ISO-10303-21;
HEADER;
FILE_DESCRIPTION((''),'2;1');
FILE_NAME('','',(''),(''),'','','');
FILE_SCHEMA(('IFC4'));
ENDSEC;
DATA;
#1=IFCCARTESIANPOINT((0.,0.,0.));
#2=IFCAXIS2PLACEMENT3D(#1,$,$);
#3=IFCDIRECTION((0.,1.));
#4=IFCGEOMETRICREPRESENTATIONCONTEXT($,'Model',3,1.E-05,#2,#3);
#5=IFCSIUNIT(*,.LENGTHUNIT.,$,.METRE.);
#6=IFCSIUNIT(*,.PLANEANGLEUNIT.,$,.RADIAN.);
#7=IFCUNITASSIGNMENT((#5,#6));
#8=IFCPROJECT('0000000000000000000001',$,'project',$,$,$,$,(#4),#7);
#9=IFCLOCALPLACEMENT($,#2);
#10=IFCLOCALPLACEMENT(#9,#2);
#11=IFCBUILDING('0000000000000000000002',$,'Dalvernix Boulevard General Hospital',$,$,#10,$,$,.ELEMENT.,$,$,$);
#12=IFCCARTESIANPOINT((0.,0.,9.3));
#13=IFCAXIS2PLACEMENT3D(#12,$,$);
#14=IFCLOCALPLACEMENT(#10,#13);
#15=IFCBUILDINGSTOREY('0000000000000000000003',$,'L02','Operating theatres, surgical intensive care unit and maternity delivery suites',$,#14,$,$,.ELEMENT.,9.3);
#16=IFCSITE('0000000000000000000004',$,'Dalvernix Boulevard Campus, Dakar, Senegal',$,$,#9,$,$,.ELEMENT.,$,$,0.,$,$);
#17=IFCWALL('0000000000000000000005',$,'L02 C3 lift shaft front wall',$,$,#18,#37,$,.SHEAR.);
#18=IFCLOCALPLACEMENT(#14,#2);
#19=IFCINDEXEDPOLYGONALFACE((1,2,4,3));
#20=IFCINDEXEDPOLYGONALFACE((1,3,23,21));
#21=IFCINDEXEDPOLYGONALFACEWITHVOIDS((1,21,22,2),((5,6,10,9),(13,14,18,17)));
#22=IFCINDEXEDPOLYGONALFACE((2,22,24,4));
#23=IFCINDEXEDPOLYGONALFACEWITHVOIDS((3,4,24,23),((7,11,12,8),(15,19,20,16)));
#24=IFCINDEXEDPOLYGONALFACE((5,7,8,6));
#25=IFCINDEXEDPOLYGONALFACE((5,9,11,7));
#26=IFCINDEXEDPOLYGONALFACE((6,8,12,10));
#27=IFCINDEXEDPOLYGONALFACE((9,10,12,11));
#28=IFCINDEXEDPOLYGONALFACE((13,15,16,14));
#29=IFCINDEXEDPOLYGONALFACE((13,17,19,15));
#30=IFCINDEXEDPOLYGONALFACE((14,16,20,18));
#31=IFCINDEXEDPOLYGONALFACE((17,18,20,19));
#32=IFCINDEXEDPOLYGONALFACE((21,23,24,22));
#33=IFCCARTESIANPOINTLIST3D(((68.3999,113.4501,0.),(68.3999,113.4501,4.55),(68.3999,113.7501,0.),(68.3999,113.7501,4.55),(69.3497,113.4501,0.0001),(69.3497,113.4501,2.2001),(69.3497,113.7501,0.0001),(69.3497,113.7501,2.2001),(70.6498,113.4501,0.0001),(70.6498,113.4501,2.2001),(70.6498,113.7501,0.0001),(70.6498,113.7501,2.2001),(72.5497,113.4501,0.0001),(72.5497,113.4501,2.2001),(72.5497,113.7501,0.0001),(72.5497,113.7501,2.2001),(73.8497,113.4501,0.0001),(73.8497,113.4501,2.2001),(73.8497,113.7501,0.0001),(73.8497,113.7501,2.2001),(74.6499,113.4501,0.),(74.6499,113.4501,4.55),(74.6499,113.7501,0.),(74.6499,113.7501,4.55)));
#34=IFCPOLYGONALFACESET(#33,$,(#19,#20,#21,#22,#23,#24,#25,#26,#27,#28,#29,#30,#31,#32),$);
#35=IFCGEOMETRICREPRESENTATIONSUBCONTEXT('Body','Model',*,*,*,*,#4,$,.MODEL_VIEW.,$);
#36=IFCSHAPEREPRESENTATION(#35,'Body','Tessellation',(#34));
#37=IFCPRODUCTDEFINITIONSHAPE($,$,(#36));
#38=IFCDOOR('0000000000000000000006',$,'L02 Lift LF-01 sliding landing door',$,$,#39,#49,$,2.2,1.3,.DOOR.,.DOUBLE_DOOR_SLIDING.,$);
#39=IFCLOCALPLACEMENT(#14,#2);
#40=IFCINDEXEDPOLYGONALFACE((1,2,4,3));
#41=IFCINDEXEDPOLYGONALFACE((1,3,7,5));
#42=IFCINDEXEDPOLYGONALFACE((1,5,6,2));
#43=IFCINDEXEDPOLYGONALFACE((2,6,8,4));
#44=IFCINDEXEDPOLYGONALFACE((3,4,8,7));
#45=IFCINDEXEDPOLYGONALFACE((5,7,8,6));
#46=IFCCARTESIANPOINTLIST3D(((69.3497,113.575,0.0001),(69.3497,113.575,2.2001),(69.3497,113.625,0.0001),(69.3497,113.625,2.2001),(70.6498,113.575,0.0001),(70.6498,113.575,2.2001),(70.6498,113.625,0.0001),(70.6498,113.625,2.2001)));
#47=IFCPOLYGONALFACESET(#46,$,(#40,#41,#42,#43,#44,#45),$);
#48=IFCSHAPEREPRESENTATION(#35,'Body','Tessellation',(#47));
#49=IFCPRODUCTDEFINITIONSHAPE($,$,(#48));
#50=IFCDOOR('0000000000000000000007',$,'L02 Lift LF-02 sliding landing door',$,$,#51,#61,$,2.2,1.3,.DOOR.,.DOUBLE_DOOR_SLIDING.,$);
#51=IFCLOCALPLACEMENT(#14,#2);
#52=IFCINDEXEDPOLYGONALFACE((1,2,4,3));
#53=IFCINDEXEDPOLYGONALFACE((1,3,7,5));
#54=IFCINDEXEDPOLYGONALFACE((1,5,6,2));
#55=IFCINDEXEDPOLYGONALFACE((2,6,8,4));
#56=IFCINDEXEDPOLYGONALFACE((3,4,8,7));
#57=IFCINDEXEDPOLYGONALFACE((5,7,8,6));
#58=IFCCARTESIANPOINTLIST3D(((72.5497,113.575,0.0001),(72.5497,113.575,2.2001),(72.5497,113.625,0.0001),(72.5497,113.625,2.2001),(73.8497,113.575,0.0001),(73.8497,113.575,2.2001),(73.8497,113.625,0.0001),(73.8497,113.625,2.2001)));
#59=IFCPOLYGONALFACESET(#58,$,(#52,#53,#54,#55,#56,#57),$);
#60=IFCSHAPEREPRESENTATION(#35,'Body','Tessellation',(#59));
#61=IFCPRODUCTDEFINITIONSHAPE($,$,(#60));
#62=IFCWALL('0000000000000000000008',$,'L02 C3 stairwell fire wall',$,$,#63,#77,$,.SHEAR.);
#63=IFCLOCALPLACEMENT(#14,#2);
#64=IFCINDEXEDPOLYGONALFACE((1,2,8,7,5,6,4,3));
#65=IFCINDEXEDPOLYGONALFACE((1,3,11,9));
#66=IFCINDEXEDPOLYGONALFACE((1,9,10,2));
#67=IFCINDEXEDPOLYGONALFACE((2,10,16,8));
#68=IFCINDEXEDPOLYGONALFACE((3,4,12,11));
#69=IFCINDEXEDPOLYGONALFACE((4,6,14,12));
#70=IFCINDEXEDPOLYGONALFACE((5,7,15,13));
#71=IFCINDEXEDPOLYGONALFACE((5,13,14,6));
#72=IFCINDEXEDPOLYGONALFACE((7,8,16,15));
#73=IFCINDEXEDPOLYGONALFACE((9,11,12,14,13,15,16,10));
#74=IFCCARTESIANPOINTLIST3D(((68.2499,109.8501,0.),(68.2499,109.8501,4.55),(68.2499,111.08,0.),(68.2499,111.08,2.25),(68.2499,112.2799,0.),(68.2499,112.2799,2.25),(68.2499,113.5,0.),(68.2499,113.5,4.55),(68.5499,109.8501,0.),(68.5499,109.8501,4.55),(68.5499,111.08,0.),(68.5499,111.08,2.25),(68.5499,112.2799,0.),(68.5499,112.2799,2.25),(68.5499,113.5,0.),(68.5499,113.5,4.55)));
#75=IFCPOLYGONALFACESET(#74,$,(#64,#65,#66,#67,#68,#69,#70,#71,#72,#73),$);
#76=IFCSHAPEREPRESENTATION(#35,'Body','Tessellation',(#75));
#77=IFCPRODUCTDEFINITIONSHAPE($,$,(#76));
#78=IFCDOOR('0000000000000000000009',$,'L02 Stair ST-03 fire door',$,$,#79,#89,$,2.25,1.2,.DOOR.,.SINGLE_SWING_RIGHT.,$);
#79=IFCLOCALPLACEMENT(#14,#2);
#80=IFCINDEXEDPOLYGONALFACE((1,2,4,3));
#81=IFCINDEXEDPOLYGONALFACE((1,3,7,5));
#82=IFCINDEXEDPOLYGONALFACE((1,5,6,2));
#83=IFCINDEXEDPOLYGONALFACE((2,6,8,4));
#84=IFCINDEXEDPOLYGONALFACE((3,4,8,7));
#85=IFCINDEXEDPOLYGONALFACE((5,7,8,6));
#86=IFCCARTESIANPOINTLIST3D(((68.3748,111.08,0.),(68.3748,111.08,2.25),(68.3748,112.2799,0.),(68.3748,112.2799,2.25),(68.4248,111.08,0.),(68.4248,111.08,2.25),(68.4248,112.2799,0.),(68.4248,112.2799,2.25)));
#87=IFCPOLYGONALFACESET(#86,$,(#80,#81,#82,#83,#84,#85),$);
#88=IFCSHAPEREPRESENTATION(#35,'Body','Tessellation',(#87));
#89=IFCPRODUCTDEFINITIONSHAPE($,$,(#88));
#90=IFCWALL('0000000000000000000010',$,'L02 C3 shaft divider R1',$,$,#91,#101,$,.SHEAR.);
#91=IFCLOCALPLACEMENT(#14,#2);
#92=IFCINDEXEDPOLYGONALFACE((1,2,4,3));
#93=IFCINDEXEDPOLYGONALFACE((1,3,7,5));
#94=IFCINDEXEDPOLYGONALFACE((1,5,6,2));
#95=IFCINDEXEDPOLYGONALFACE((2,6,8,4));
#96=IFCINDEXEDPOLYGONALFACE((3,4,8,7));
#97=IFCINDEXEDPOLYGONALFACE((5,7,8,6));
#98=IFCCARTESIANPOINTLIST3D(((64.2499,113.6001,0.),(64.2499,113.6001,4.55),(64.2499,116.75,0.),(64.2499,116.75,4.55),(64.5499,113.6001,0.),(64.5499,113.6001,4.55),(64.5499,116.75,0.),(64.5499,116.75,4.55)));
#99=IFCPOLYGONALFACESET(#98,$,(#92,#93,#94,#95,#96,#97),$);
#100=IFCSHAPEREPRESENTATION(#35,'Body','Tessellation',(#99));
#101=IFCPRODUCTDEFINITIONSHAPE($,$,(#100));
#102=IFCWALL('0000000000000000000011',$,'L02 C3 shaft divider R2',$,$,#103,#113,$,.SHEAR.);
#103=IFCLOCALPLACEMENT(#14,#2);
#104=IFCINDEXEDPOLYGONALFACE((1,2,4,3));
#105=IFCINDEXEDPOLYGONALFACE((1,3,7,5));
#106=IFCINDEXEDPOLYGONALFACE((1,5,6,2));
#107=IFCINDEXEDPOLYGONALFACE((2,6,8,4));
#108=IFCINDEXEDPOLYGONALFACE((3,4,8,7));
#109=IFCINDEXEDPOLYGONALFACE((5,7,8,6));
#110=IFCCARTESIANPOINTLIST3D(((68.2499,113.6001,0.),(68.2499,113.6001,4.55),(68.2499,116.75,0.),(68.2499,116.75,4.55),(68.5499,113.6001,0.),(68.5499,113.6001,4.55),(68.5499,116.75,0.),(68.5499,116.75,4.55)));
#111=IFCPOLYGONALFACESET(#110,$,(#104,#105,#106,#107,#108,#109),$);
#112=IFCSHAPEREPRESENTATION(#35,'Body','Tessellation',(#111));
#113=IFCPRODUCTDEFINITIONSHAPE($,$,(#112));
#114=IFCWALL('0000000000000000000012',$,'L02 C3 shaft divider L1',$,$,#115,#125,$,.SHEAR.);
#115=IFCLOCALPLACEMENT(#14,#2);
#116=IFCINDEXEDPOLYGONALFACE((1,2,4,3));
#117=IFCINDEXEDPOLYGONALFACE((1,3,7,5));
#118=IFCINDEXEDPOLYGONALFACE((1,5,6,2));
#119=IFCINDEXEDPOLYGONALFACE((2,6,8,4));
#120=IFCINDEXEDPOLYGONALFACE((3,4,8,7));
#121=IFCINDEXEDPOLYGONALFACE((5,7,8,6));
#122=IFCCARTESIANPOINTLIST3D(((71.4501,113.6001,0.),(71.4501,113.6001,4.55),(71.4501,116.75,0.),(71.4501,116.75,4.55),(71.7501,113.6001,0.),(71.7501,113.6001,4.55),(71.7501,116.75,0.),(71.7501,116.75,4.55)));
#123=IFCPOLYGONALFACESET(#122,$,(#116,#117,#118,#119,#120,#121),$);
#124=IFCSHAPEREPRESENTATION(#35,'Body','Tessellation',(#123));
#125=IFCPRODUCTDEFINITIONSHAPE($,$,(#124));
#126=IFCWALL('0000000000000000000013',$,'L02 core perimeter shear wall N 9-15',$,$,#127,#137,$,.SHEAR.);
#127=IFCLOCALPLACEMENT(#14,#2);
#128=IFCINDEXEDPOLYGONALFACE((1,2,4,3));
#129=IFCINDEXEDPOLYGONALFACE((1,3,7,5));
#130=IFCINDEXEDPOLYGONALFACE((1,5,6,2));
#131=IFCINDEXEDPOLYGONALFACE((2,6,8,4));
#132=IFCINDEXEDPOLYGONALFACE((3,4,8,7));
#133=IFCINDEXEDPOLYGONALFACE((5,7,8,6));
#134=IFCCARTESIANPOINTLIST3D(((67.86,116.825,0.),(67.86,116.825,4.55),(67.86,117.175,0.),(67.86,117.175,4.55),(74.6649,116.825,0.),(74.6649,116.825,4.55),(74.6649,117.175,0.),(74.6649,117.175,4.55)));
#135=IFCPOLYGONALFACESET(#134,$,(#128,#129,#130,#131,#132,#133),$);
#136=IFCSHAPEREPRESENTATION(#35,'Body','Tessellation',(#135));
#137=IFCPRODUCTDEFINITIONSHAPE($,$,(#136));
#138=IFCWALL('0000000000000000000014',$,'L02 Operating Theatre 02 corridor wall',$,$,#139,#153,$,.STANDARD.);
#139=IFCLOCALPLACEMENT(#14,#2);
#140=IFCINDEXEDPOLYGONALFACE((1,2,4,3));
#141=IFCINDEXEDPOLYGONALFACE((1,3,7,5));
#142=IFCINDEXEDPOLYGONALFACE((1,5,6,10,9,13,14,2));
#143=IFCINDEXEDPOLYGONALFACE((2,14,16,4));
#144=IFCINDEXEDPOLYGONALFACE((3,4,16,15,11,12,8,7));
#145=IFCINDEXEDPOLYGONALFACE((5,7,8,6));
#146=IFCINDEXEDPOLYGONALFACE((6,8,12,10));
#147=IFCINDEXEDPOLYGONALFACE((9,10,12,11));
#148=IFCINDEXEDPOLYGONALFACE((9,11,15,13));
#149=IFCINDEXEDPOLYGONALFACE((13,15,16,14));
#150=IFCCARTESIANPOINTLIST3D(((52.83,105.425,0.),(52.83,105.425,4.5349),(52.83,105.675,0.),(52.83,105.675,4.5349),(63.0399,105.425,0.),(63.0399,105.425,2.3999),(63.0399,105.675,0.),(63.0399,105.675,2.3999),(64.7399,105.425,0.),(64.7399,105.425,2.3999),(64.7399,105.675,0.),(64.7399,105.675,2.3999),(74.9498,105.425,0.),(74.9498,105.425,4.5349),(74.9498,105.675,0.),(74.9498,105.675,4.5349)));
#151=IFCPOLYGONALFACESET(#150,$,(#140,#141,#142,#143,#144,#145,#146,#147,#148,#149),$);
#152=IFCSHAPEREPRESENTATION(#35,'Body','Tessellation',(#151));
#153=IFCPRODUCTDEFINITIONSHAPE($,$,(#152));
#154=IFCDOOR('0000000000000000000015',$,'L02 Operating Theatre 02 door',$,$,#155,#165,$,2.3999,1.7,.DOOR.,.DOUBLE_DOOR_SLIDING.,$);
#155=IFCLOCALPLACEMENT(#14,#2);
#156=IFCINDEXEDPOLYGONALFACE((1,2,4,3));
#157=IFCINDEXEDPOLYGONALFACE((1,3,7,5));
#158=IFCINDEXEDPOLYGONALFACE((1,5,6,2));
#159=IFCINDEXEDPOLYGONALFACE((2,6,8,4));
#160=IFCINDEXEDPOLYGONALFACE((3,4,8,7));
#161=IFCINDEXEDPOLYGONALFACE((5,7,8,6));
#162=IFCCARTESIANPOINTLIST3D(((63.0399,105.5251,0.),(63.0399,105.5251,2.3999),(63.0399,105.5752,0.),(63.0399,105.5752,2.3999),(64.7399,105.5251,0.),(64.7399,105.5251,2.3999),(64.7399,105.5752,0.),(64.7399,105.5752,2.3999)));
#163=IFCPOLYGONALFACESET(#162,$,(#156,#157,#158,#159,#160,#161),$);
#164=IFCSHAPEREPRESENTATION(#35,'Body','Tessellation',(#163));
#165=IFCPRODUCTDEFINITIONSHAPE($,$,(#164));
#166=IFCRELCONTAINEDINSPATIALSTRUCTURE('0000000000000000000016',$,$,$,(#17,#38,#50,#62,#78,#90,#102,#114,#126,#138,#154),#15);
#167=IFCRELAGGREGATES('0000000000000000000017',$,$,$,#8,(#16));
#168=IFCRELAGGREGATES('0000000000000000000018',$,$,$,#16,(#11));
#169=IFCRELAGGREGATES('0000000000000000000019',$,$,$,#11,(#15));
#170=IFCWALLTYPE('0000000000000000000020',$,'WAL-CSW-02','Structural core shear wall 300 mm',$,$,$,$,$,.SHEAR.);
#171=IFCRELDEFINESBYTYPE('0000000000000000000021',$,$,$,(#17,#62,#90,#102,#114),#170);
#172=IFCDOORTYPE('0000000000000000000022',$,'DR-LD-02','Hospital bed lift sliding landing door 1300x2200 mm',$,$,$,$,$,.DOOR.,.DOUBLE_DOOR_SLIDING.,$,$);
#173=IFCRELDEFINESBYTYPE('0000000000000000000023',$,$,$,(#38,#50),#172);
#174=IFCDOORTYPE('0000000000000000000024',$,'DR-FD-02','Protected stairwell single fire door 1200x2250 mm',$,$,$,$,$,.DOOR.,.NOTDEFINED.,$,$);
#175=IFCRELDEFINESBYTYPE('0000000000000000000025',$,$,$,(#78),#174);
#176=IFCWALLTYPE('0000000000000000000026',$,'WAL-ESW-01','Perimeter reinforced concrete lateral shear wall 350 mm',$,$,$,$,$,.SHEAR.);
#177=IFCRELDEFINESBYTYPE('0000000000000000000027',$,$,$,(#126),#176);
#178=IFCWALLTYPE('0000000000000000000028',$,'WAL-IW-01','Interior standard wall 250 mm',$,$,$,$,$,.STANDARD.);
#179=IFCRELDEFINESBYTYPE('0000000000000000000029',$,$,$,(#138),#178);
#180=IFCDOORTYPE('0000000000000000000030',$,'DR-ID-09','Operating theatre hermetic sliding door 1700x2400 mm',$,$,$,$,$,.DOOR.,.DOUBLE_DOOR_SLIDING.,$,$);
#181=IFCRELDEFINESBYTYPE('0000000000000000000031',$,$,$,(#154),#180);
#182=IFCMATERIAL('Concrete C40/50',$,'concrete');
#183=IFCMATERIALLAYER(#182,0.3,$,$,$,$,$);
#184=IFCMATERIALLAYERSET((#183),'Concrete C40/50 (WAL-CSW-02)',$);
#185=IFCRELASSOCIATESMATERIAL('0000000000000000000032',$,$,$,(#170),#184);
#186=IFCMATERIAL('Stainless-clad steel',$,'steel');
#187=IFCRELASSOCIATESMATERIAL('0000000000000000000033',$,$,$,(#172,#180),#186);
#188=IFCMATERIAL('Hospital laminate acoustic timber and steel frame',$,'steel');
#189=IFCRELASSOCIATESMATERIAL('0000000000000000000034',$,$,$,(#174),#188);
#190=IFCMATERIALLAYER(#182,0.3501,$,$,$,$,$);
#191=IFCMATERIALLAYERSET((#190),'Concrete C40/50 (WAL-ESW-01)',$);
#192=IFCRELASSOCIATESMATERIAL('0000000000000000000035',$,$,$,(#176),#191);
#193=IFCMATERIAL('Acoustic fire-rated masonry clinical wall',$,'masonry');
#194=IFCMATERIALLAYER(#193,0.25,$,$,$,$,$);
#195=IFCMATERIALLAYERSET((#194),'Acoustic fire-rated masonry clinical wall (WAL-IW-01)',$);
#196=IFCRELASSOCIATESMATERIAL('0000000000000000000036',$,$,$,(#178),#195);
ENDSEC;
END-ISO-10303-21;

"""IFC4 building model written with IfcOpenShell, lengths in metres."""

from ifc_helpers import new_model, si_unit, direction, frame, frame_2d, origin, place, context, subcontext, project, spatial, rectangle, extrude, material, layer, layer_set, type_object, element, fill, save


model = new_model("IFC4")

# Units and contexts
model_context = context("Model", 3, precision=1e-05, world=origin(), true_north=direction((0.0, 1.0)))
body_context = subcontext(model_context, "Body", "Model", "MODEL_VIEW")
ifc_project = project(units=[si_unit("LENGTHUNIT", "METRE"), si_unit("PLANEANGLEUNIT", "RADIAN")], contexts=[model_context])

# Site, building, storey
site_placement = place(None, origin())
site = spatial("IfcSite", under=ifc_project, at=site_placement, Name="Dalvernix Boulevard Campus, Dakar, Senegal", CompositionType="ELEMENT", RefElevation=0.0)
building_placement = place(site_placement, origin())
building = spatial("IfcBuilding", under=site, at=building_placement, Name="Dalvernix Boulevard General Hospital", CompositionType="ELEMENT")
storey_placement = place(building_placement, frame((0.0, 0.0, 9.3)))
storey = spatial("IfcBuildingStorey", under=building, at=storey_placement, Name="L02", Description="Operating theatres, surgical intensive care unit and maternity delivery suites", CompositionType="ELEMENT", Elevation=9.3)

# Shared definitions
ifc_material_1 = material(Name="Concrete C40/50", Category="concrete")

# Shared definitions
ifc_material_2 = material(Name="Hospital laminate acoustic timber and steel frame", Category="steel")

# Wall, openings, doors
ifc_layer_1 = layer(ifc_material_1, 0.3)
ifc_layer_set_1 = layer_set([ifc_layer_1], Name="Concrete C40/50 (WAL-CSW-02)")
wall_type_1 = type_object("IfcWallType", Name="WAL-CSW-02", Description="Structural core shear wall 300 mm", PredefinedType="SHEAR", material=ifc_layer_set_1)
wall_1_placement = place(storey_placement, frame((68.3999, 113.6001, 0.0), z_axis=(0.0, 0.0, 1.0), x_axis=(1.0, 0.0, 0.0)))
wall_1 = element("IfcWall", 1, at=wall_1_placement, inside=storey, type_object=wall_type_1, Name="L02 C3 lift shaft front wall", PredefinedType="SHEAR", context=body_context, shape_type="SweptSolid", body=[
    extrude(rectangle(XDim=6.25, YDim=0.3, at=frame_2d((3.125, 0.0))), origin(), (0.0, 0.0, 1.0), 4.55),
])
opening_1_placement = place(wall_1_placement, frame((0.95, 0.0, 0.0)))
opening_1 = element("IfcOpeningElement", 2, at=opening_1_placement, cuts=wall_1, PredefinedType="OPENING", context=body_context, shape_type="SweptSolid", body=[
    extrude(rectangle(XDim=1.3, YDim=2.2, at=frame_2d((0.6499, 1.1001))), frame((0.0, 0.1599, 0.0), z_axis=(0.0, -1.0, 0.0), x_axis=(1.0, 0.0, 0.0)), (0.0, 0.0, 1.0), 0.3201),
])
opening_2_placement = place(wall_1_placement, frame((4.1499, 0.0, 0.0)))
opening_2 = element("IfcOpeningElement", 3, at=opening_2_placement, cuts=wall_1, PredefinedType="OPENING", context=body_context, shape_type="SweptSolid", body=[
    extrude(rectangle(XDim=1.3, YDim=2.2, at=frame_2d((0.6499, 1.1001))), frame((0.0, 0.1599, 0.0), z_axis=(0.0, -1.0, 0.0), x_axis=(1.0, 0.0, 0.0)), (0.0, 0.0, 1.0), 0.3201),
])
ifc_material_3 = material(Name="Stainless-clad steel", Category="steel")
door_type_1 = type_object("IfcDoorType", Name="DR-LD-02", Description="Hospital bed lift sliding landing door 1300x2200 mm", OperationType="DOUBLE_DOOR_SLIDING", PredefinedType="DOOR", material=ifc_material_3)
door_1_placement = place(opening_1_placement, origin())
door_1 = element("IfcDoor", 4, at=door_1_placement, inside=storey, type_object=door_type_1, Name="L02 Lift LF-01 sliding landing door", OperationType="DOUBLE_DOOR_SLIDING", OverallHeight=2.2, OverallWidth=1.3, PredefinedType="DOOR", context=body_context, shape_type="SweptSolid", body=[
    extrude(rectangle(XDim=1.3, YDim=2.2, at=frame_2d((0.6499, 1.1001))), frame((0.0, 0.0249, 0.0), z_axis=(0.0, -1.0, 0.0), x_axis=(1.0, 0.0, 0.0)), (0.0, 0.0, 1.0), 0.05),
])
fill(opening_1, door_1)
door_2_placement = place(opening_2_placement, origin())
door_2 = element("IfcDoor", 5, at=door_2_placement, inside=storey, type_object=door_type_1, Name="L02 Lift LF-02 sliding landing door", OperationType="DOUBLE_DOOR_SLIDING", OverallHeight=2.2, OverallWidth=1.3, PredefinedType="DOOR", context=body_context, shape_type="SweptSolid", body=[
    extrude(rectangle(XDim=1.3, YDim=2.2, at=frame_2d((0.6499, 1.1001))), frame((0.0, 0.0249, 0.0), z_axis=(0.0, -1.0, 0.0), x_axis=(1.0, 0.0, 0.0)), (0.0, 0.0, 1.0), 0.05),
])
fill(opening_2, door_2)

# Wall, opening, door
wall_2_placement = place(storey_placement, frame((68.3999, 113.5, 0.0), z_axis=(0.0, 0.0, 1.0), x_axis=(0.0, -1.0, 0.0)))
wall_2 = element("IfcWall", 6, at=wall_2_placement, inside=storey, type_object=wall_type_1, Name="L02 C3 stairwell fire wall", PredefinedType="SHEAR", context=body_context, shape_type="SweptSolid", body=[
    extrude(rectangle(XDim=3.6499, YDim=0.3, at=frame_2d((1.825, 0.0))), origin(), (0.0, 0.0, 1.0), 4.55),
])
opening_3_placement = place(wall_2_placement, frame((1.22, 0.0, 0.0)))
opening_3 = element("IfcOpeningElement", 7, at=opening_3_placement, cuts=wall_2, PredefinedType="OPENING", context=body_context, shape_type="SweptSolid", body=[
    extrude(rectangle(XDim=1.2, YDim=2.25, at=frame_2d((0.6001, 1.125))), frame((0.0, 0.1599, 0.0), z_axis=(0.0, -1.0, 0.0), x_axis=(1.0, 0.0, 0.0)), (0.0, 0.0, 1.0), 0.3201),
])
door_type_2 = type_object("IfcDoorType", Name="DR-FD-02", Description="Protected stairwell single fire door 1200x2250 mm", OperationType="NOTDEFINED", PredefinedType="DOOR", material=ifc_material_2)
door_3_placement = place(opening_3_placement, origin())
door_3 = element("IfcDoor", 8, at=door_3_placement, inside=storey, type_object=door_type_2, Name="L02 Stair ST-03 fire door", OperationType="SINGLE_SWING_RIGHT", OverallHeight=2.25, OverallWidth=1.2, PredefinedType="DOOR", context=body_context, shape_type="SweptSolid", body=[
    extrude(rectangle(XDim=1.2, YDim=2.25, at=frame_2d((0.6001, 1.125))), frame((0.0, 0.0249, 0.0), z_axis=(0.0, -1.0, 0.0), x_axis=(1.0, 0.0, 0.0)), (0.0, 0.0, 1.0), 0.05),
])
fill(opening_3, door_3)

# Walls
for number, where, z_axis, x_axis, name in (
    (9, (64.3999, 113.6001, 0.0), (0.0, 0.0, 1.0), (0.0, 1.0, 0.0), "L02 C3 shaft divider R1"),
    (10, (68.3999, 113.6001, 0.0), (0.0, 0.0, 1.0), (0.0, 1.0, 0.0), "L02 C3 shaft divider R2"),
    (11, (71.6001, 113.6001, 0.0), (0.0, 0.0, 1.0), (0.0, 1.0, 0.0), "L02 C3 shaft divider L1"),
):
    element("IfcWall", number, at=place(storey_placement, frame(where, z_axis=z_axis, x_axis=x_axis)), inside=storey, type_object=wall_type_1, Name=name, PredefinedType="SHEAR", context=body_context, shape_type="SweptSolid", body=[
        extrude(rectangle(XDim=3.1499, YDim=0.3, at=frame_2d((1.575, 0.0))), origin(), (0.0, 0.0, 1.0), 4.55),
    ])
ifc_layer_2 = layer(ifc_material_1, 0.3501)
ifc_layer_set_2 = layer_set([ifc_layer_2], Name="Concrete C40/50 (WAL-ESW-01)")
wall_type_2 = type_object("IfcWallType", Name="WAL-ESW-01", Description="Perimeter reinforced concrete lateral shear wall 350 mm", PredefinedType="SHEAR", material=ifc_layer_set_2)
wall_3_placement = place(storey_placement, frame((67.8601, 117.0, 0.0), z_axis=(0.0, 0.0, 1.0), x_axis=(1.0, 0.0, 0.0)))
element("IfcWall", 12, at=wall_3_placement, inside=storey, type_object=wall_type_2, Name="L02 core perimeter shear wall N 9-15", PredefinedType="SHEAR", context=body_context, shape_type="SweptSolid", body=[
    extrude(rectangle(XDim=6.8049, YDim=0.3501, at=frame_2d((3.4023, 0.0))), origin(), (0.0, 0.0, 1.0), 4.55),
])

# Wall, opening, door
ifc_material_4 = material(Name="Acoustic fire-rated masonry clinical wall", Category="masonry")
ifc_layer_3 = layer(ifc_material_4, 0.25)
ifc_layer_set_3 = layer_set([ifc_layer_3], Name="Acoustic fire-rated masonry clinical wall (WAL-IW-01)")
wall_type_3 = type_object("IfcWallType", Name="WAL-IW-01", Description="Interior standard wall 250 mm", PredefinedType="STANDARD", material=ifc_layer_set_3)
wall_4_placement = place(storey_placement, frame((74.95, 105.55, 0.0), z_axis=(0.0, 0.0, 1.0), x_axis=(-1.0, 0.0, 0.0)))
wall_4 = element("IfcWall", 13, at=wall_4_placement, inside=storey, type_object=wall_type_3, Name="L02 Operating Theatre 02 corridor wall", PredefinedType="STANDARD", context=body_context, shape_type="SweptSolid", body=[
    extrude(rectangle(XDim=22.1199, YDim=0.25, at=frame_2d((11.0601, 0.0))), origin(), (0.0, 0.0, 1.0), 4.5349),
])
opening_4_placement = place(wall_4_placement, frame((10.21, 0.0, 0.0)))
opening_4 = element("IfcOpeningElement", 14, at=opening_4_placement, cuts=wall_4, PredefinedType="OPENING", context=body_context, shape_type="SweptSolid", body=[
    extrude(rectangle(XDim=1.7, YDim=2.3999, at=frame_2d((0.8501, 1.2))), frame((0.0, 0.135, 0.0), z_axis=(0.0, -1.0, 0.0), x_axis=(1.0, 0.0, 0.0)), (0.0, 0.0, 1.0), 0.27),
])
door_type_3 = type_object("IfcDoorType", Name="DR-ID-09", Description="Operating theatre hermetic sliding door 1700x2400 mm", OperationType="DOUBLE_DOOR_SLIDING", PredefinedType="DOOR", material=ifc_material_3)
door_4_placement = place(opening_4_placement, origin())
door_4 = element("IfcDoor", 15, at=door_4_placement, inside=storey, type_object=door_type_3, Name="L02 Operating Theatre 02 door", OperationType="DOUBLE_DOOR_SLIDING", OverallHeight=2.3999, OverallWidth=1.7, PredefinedType="DOOR", context=body_context, shape_type="SweptSolid", body=[
    extrude(rectangle(XDim=1.7, YDim=2.3999, at=frame_2d((0.8501, 1.2))), frame((0.0, 0.0249, 0.0), z_axis=(0.0, -1.0, 0.0), x_axis=(1.0, 0.0, 0.0)), (0.0, 0.0, 1.0), 0.05),
])
fill(opening_4, door_4)

save(model, "model.ifc")
